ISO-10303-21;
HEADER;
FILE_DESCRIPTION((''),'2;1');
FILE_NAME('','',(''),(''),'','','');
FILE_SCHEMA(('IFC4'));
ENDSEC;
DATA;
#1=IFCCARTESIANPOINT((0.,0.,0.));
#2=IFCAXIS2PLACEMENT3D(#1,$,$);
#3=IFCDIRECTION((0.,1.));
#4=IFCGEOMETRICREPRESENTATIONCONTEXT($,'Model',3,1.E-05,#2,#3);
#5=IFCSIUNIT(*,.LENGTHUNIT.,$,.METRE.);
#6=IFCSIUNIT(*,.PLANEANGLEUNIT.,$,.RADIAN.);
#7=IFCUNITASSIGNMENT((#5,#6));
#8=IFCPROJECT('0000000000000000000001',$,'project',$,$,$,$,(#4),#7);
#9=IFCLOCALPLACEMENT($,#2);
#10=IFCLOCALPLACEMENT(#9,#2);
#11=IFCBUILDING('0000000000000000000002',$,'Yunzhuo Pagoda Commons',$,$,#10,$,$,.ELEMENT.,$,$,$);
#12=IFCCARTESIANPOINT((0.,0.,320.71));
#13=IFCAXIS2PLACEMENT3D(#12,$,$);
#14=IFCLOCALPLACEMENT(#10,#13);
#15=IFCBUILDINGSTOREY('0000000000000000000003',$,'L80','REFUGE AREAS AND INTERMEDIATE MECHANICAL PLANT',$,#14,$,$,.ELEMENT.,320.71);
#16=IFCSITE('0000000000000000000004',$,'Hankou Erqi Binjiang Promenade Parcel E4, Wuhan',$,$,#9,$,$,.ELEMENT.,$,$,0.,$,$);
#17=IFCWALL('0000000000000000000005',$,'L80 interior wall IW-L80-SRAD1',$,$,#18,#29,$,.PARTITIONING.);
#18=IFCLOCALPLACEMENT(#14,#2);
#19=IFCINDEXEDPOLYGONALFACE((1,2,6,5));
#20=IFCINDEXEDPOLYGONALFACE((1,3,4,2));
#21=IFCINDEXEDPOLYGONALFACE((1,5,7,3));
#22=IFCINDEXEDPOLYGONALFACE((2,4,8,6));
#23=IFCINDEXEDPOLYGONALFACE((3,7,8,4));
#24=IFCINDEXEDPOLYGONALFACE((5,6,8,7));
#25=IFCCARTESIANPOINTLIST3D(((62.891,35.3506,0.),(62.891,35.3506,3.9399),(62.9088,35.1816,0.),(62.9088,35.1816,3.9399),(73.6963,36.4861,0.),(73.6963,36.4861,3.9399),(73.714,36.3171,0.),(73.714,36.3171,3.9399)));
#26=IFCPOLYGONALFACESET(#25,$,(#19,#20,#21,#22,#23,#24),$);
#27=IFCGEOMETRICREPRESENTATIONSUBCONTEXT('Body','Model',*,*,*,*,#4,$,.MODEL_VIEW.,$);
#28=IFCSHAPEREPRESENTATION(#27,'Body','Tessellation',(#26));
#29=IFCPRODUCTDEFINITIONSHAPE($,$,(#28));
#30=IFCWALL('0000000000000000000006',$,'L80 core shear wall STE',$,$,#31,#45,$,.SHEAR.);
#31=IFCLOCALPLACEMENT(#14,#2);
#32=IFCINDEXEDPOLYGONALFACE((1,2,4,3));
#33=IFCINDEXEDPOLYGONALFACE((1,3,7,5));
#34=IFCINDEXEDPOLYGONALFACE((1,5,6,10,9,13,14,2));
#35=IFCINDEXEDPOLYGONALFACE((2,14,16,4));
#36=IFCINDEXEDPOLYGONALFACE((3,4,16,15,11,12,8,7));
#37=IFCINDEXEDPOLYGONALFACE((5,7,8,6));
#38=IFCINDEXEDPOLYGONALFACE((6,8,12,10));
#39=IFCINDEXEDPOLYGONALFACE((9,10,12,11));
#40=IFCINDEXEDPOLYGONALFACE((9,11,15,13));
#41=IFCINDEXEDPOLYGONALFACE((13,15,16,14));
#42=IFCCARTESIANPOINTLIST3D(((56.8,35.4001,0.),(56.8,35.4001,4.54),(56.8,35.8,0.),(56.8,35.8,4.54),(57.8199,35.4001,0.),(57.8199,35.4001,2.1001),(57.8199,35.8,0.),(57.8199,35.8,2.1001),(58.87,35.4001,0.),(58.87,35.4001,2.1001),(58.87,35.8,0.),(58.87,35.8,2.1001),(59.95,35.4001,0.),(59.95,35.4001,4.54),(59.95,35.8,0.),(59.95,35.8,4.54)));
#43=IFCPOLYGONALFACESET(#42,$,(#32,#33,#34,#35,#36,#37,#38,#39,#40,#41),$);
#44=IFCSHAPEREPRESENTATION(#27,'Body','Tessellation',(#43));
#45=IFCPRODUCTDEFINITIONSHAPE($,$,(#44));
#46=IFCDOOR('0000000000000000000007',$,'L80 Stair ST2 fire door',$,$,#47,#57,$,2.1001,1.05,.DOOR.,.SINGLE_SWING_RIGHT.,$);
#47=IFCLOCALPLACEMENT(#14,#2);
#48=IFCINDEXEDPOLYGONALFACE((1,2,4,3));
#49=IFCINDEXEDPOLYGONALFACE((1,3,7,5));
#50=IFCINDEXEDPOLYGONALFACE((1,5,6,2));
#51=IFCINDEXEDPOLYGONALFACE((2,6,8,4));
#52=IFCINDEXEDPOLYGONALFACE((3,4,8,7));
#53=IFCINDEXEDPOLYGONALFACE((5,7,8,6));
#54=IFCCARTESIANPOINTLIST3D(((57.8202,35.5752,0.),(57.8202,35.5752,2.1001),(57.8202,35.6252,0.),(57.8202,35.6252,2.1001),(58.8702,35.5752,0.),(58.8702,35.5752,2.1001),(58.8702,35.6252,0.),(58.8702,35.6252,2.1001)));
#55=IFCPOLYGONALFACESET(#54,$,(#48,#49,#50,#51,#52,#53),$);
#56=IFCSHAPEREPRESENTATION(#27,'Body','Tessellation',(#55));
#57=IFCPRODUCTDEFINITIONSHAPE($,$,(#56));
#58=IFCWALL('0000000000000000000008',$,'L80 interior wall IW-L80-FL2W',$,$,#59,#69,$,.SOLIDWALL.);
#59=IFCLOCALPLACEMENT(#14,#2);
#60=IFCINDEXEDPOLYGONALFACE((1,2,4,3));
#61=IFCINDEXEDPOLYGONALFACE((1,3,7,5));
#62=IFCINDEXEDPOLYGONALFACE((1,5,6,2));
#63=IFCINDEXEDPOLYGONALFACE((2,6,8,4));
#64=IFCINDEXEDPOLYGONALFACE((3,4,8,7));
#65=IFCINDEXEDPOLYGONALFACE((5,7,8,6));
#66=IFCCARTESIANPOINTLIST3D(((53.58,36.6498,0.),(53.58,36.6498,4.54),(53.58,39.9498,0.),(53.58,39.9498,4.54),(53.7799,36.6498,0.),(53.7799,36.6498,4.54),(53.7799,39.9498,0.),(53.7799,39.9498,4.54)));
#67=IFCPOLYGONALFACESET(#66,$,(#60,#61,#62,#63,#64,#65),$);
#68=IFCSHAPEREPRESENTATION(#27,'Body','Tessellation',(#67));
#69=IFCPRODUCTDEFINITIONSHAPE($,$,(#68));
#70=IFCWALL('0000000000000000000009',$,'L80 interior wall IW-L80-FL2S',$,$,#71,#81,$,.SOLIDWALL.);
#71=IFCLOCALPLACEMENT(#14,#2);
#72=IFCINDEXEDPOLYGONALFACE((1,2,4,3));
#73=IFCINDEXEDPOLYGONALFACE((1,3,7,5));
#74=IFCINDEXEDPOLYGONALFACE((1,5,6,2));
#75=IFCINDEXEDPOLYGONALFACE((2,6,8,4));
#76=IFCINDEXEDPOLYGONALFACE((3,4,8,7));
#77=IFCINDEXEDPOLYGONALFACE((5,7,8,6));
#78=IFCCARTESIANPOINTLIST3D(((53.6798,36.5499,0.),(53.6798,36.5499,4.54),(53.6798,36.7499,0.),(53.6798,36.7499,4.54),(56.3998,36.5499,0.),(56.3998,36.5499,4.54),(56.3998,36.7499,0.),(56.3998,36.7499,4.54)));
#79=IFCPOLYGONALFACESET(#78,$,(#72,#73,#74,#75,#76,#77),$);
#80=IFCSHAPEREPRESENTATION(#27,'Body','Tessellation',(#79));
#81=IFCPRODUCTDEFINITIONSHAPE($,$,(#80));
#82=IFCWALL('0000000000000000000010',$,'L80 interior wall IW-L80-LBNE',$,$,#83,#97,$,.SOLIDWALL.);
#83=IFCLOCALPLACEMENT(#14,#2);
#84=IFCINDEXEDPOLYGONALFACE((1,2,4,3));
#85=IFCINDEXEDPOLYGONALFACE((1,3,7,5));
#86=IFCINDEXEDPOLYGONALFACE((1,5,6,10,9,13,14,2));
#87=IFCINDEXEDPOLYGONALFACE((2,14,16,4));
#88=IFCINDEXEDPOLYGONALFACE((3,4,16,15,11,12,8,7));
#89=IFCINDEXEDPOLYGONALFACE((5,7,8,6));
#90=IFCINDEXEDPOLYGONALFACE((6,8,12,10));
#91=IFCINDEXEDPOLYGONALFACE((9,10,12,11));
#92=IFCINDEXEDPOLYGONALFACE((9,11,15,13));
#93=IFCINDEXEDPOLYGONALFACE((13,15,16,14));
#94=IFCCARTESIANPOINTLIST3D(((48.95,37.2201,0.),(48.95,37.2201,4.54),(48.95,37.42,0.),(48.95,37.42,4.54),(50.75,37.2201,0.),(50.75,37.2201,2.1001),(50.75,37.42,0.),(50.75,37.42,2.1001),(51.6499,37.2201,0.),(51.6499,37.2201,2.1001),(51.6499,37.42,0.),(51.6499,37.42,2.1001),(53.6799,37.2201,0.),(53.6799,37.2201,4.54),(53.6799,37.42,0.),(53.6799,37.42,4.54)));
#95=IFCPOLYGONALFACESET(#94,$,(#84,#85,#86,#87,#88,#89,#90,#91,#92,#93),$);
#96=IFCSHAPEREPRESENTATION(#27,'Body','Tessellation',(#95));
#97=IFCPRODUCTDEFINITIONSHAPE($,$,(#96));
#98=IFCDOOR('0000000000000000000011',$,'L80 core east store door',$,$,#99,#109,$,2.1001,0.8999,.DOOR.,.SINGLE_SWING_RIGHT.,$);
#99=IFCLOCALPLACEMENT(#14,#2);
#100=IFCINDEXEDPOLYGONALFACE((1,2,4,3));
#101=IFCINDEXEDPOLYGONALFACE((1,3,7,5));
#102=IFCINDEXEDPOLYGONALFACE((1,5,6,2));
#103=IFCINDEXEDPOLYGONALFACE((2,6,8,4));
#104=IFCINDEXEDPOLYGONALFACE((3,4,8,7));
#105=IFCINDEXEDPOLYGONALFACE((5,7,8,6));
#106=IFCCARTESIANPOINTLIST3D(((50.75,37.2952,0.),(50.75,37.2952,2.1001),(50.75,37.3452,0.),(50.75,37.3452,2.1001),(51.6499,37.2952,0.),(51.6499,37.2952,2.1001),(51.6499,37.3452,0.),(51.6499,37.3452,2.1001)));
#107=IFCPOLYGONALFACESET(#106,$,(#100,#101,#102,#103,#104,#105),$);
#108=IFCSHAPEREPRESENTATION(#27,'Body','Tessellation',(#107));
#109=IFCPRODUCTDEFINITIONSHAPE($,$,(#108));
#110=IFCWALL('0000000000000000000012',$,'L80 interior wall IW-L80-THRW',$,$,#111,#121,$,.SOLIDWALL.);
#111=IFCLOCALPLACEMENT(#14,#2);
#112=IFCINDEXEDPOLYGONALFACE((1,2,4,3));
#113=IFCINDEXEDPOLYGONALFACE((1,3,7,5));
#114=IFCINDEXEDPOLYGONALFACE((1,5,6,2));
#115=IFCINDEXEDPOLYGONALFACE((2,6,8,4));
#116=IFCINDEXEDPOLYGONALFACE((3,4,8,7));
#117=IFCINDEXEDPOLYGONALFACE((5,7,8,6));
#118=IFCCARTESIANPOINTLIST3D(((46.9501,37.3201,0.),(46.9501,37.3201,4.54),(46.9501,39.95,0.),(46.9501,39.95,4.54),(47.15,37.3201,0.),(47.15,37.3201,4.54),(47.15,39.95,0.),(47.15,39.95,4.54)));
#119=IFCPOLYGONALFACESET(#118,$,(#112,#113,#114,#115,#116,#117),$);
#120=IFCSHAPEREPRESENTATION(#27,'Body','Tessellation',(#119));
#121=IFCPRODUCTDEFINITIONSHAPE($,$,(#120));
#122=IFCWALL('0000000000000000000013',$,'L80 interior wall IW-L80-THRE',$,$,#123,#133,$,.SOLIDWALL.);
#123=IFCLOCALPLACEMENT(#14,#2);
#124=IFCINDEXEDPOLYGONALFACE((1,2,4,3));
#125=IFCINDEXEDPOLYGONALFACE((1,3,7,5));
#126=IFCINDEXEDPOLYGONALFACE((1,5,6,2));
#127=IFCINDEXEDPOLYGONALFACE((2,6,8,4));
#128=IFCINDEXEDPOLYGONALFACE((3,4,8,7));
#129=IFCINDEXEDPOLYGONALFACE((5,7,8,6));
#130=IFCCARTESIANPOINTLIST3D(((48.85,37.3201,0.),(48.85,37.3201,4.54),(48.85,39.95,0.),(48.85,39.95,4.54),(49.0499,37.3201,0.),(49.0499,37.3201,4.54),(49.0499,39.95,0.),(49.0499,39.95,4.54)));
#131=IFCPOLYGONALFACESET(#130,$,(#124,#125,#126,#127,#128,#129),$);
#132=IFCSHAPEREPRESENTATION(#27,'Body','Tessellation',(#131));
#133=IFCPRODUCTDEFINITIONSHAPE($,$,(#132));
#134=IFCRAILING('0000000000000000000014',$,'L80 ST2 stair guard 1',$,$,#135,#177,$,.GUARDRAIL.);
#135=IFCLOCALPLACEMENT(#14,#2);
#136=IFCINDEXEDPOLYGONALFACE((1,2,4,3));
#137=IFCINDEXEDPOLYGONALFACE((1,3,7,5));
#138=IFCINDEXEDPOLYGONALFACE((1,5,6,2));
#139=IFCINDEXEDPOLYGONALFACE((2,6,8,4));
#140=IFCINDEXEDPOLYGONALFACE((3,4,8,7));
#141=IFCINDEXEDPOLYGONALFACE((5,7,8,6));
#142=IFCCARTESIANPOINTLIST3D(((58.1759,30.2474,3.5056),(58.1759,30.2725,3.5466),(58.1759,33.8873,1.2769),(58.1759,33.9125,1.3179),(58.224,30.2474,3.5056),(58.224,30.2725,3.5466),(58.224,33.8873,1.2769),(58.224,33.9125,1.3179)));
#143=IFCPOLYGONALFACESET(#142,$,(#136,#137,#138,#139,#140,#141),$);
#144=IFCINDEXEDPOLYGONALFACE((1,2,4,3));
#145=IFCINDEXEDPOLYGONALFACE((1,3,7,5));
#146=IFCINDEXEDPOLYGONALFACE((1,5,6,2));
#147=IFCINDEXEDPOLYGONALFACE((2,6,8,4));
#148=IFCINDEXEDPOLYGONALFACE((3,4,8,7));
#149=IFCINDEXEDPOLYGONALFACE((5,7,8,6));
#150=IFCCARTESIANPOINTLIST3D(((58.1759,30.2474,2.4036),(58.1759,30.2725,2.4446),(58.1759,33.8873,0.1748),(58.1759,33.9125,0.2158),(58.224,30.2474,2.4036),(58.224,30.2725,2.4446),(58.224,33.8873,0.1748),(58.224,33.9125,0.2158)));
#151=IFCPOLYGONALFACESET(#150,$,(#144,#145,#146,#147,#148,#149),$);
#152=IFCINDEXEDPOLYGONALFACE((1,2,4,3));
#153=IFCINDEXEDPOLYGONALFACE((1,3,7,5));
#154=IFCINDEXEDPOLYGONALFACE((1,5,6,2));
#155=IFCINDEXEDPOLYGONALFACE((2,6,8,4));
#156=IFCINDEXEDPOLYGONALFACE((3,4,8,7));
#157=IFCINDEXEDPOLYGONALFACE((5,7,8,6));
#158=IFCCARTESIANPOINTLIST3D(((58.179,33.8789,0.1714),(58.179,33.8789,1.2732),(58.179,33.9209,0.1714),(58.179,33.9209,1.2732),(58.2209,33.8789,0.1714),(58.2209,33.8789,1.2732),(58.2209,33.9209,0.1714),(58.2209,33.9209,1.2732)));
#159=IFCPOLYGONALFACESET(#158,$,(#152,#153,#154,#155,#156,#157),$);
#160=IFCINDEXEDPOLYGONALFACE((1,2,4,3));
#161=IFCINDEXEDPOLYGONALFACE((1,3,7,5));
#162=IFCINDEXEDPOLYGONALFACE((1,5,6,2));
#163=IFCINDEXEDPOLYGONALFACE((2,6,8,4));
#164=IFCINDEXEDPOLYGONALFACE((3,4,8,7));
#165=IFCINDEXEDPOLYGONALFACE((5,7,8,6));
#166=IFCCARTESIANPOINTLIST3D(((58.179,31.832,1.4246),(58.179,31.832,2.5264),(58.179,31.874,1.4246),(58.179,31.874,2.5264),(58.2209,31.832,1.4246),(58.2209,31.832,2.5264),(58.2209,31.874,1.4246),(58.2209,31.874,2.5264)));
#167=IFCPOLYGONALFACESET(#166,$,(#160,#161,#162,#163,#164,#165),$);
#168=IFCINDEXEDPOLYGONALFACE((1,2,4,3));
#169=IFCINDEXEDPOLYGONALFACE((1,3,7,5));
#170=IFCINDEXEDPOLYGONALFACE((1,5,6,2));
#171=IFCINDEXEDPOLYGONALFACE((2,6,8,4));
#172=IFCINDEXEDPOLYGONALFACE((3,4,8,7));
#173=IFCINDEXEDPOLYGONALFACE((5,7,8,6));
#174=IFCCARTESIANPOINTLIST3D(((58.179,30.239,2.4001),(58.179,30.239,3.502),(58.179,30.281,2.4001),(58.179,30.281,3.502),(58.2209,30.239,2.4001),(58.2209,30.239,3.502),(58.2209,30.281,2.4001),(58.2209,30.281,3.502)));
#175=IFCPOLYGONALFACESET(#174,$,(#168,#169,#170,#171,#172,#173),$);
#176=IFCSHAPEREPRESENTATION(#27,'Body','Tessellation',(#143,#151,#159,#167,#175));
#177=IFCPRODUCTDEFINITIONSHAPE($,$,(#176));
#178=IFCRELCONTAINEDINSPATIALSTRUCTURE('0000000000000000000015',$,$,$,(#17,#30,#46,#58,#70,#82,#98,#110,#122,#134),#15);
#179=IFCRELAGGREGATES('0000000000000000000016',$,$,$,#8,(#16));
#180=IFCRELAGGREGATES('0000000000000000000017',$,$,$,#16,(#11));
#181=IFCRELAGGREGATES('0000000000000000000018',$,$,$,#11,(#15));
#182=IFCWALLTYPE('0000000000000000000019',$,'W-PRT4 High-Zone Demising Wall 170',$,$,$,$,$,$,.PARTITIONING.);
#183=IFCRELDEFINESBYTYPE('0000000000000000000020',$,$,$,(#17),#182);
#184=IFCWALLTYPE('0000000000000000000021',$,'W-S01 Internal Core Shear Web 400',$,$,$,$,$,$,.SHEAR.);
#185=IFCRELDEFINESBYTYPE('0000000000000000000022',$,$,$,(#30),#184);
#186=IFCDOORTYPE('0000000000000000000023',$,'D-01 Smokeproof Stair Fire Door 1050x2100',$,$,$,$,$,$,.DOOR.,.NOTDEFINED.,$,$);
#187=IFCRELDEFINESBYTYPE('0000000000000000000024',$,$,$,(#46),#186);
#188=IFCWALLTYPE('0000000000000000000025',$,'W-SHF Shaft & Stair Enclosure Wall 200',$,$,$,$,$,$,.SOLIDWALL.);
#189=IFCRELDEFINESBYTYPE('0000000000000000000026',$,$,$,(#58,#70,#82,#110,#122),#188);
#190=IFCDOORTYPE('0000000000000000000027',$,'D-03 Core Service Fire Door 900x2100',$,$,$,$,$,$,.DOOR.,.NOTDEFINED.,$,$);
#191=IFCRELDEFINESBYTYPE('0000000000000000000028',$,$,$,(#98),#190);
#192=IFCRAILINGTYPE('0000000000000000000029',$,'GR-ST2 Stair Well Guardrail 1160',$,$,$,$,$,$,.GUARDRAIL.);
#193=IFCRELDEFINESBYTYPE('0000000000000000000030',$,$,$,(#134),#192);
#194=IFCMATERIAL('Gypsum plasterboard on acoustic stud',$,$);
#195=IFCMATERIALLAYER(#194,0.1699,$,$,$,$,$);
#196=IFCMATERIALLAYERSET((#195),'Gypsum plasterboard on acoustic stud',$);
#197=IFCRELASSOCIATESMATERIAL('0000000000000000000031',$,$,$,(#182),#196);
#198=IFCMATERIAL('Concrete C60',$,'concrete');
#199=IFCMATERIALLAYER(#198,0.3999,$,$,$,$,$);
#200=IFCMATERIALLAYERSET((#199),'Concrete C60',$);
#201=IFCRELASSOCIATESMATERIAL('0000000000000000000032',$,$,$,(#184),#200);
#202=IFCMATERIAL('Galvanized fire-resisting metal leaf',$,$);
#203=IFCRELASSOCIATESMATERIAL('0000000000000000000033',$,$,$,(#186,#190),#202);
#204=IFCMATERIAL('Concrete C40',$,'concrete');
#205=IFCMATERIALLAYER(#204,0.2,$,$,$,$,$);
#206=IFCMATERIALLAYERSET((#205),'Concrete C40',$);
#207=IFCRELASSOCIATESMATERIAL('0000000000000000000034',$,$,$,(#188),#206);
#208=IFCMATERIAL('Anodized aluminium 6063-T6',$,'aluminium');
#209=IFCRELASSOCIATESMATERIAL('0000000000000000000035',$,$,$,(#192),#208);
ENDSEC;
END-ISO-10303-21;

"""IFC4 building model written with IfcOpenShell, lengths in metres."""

from ifc_helpers import new_model, si_unit, direction, frame, frame_2d, origin, origin_2d, place, context, subcontext, project, spatial, rectangle, extrude, source, transform, mapped, material, layer, layer_set, type_object, element, fill, save


model = new_model("IFC4")

# Units and contexts
model_context = context("Model", 3, precision=1e-05, world=origin(), true_north=direction((0.0, 1.0)))
body_context = subcontext(model_context, "Body", "Model", "MODEL_VIEW")
ifc_project = project(units=[si_unit("LENGTHUNIT", "METRE"), si_unit("PLANEANGLEUNIT", "RADIAN")], contexts=[model_context])

# Site, building, storey
site_placement = place(None, origin())
site = spatial("IfcSite", under=ifc_project, at=site_placement, Name="Hankou Erqi Binjiang Promenade Parcel E4, Wuhan", CompositionType="ELEMENT", RefElevation=0.0)
building_placement = place(site_placement, origin())
building = spatial("IfcBuilding", under=site, at=building_placement, Name="Yunzhuo Pagoda Commons", CompositionType="ELEMENT")
storey_placement = place(building_placement, frame((0.0, 0.0, 320.71)))
storey = spatial("IfcBuildingStorey", under=building, at=storey_placement, Name="L80", Description="REFUGE AREAS AND INTERMEDIATE MECHANICAL PLANT", CompositionType="ELEMENT", Elevation=320.71)

# Shared definitions
ifc_material_1 = material(Name="Galvanized fire-resisting metal leaf")
shared_shape_1 = source(origin(), body_context, "Body", "SweptSolid", [
    extrude(rectangle(XDim=1.05, YDim=2.1001, at=frame_2d((0.5249, 1.05))), frame((0.0, 0.0249, 0.0), z_axis=(0.0, -1.0, 0.0), x_axis=(1.0, 0.0, 0.0)), (0.0, 0.0, 1.0), 0.05),
])

# Wall
ifc_material_2 = material(Name="Gypsum plasterboard on acoustic stud")
ifc_layer_1 = layer(ifc_material_2, 0.1699)
ifc_layer_set_1 = layer_set([ifc_layer_1], Name="Gypsum plasterboard on acoustic stud")
wall_type_1 = type_object("IfcWallType", Name="W-PRT4 High-Zone Demising Wall 170", PredefinedType="PARTITIONING", material=ifc_layer_set_1)
wall_1_placement = place(storey_placement, frame((62.8999, 35.2661, 0.0), z_axis=(0.0, 0.0, 1.0), x_axis=(0.994524, 0.104513, 0.0)))
element("IfcWall", 1, at=wall_1_placement, inside=storey, type_object=wall_type_1, Name="L80 interior wall IW-L80-SRAD1", PredefinedType="PARTITIONING", context=body_context, shape_type="SweptSolid", body=[
    extrude(rectangle(XDim=10.8647, YDim=0.1699, at=frame_2d((5.4324, 0.0))), origin(), (0.0, 0.0, 1.0), 3.9399),
])

# Wall, opening, door
ifc_material_3 = material(Name="Concrete C60", Category="concrete")
ifc_layer_2 = layer(ifc_material_3, 0.3999)
ifc_layer_set_2 = layer_set([ifc_layer_2], Name="Concrete C60")
wall_type_2 = type_object("IfcWallType", Name="W-S01 Internal Core Shear Web 400", PredefinedType="SHEAR", material=ifc_layer_set_2)
wall_2_placement = place(storey_placement, frame((56.8, 35.6001, 0.0), z_axis=(0.0, 0.0, 1.0), x_axis=(1.0, 0.0, 0.0)))
wall_2 = element("IfcWall", 2, at=wall_2_placement, inside=storey, type_object=wall_type_2, Name="L80 core shear wall STE", PredefinedType="SHEAR", context=body_context, shape_type="SweptSolid", body=[
    extrude(rectangle(XDim=3.1499, YDim=0.3999, at=frame_2d((1.575, 0.0))), origin(), (0.0, 0.0, 1.0), 4.54),
])
opening_1_placement = place(wall_2_placement, frame((1.02, 0.0, 0.0)))
opening_1 = element("IfcOpeningElement", 3, at=opening_1_placement, cuts=wall_2, PredefinedType="OPENING", context=body_context, shape_type="SweptSolid", body=[
    extrude(rectangle(XDim=1.05, YDim=2.1001, at=frame_2d((0.5249, 1.05))), frame((0.0, 0.21, 0.0), z_axis=(0.0, -1.0, 0.0), x_axis=(1.0, 0.0, 0.0)), (0.0, 0.0, 1.0), 0.4199),
])
door_type_1 = type_object("IfcDoorType", Name="D-01 Smokeproof Stair Fire Door 1050x2100", OperationType="NOTDEFINED", PredefinedType="DOOR", material=ifc_material_1)
door_1_placement = place(opening_1_placement, frame((1.05, 0.0, 0.0), z_axis=(0.0, 0.0, 1.0), x_axis=(-1.0, 0.0, 0.0)))
door_1 = element("IfcDoor", 4, at=door_1_placement, inside=storey, type_object=door_type_1, Name="L80 Stair ST2 fire door", OperationType="SINGLE_SWING_RIGHT", OverallHeight=2.1001, OverallWidth=1.05, PredefinedType="DOOR", context=body_context, shape_type="MappedRepresentation", body=[
    mapped(shared_shape_1, transform((0.0, 0.0, 0.0), scale=1.0)),
])
fill(opening_1, door_1)

# Walls
ifc_material_4 = material(Name="Concrete C40", Category="concrete")
ifc_layer_3 = layer(ifc_material_4, 0.2)
ifc_layer_set_3 = layer_set([ifc_layer_3], Name="Concrete C40")
wall_type_3 = type_object("IfcWallType", Name="W-SHF Shaft & Stair Enclosure Wall 200", PredefinedType="SOLIDWALL", material=ifc_layer_set_3)
wall_3_placement = place(storey_placement, frame((53.6799, 36.6499, 0.0), z_axis=(0.0, 0.0, 1.0), x_axis=(0.0, 1.0, 0.0)))
element("IfcWall", 5, at=wall_3_placement, inside=storey, type_object=wall_type_3, Name="L80 interior wall IW-L80-FL2W", PredefinedType="SOLIDWALL", context=body_context, shape_type="SweptSolid", body=[
    extrude(rectangle(XDim=3.3, YDim=0.2, at=frame_2d((1.6499, 0.0))), origin(), (0.0, 0.0, 1.0), 4.54),
])
wall_4_placement = place(storey_placement, frame((53.6799, 36.6499, 0.0), z_axis=(0.0, 0.0, 1.0), x_axis=(1.0, 0.0, 0.0)))
element("IfcWall", 6, at=wall_4_placement, inside=storey, type_object=wall_type_3, Name="L80 interior wall IW-L80-FL2S", PredefinedType="SOLIDWALL", context=body_context, shape_type="SweptSolid", body=[
    extrude(rectangle(XDim=2.72, YDim=0.2, at=frame_2d((1.3599, 0.0))), origin(), (0.0, 0.0, 1.0), 4.54),
])

# Wall, opening, door
wall_5_placement = place(storey_placement, frame((48.95, 37.3201, 0.0), z_axis=(0.0, 0.0, 1.0), x_axis=(1.0, 0.0, 0.0)))
wall_5 = element("IfcWall", 7, at=wall_5_placement, inside=storey, type_object=wall_type_3, Name="L80 interior wall IW-L80-LBNE", PredefinedType="SOLIDWALL", context=body_context, shape_type="SweptSolid", body=[
    extrude(rectangle(XDim=4.73, YDim=0.2, at=frame_2d((2.365, 0.0))), origin(), (0.0, 0.0, 1.0), 4.54),
])
opening_2_placement = place(wall_5_placement, frame((1.8, 0.0, 0.0)))
opening_2 = element("IfcOpeningElement", 8, at=opening_2_placement, cuts=wall_5, PredefinedType="OPENING", context=body_context, shape_type="SweptSolid", body=[
    extrude(rectangle(XDim=0.8999, YDim=2.1001, at=frame_2d((0.45, 1.05))), frame((0.0, 0.1099, 0.0), z_axis=(0.0, -1.0, 0.0), x_axis=(1.0, 0.0, 0.0)), (0.0, 0.0, 1.0), 0.22),
])
door_type_2 = type_object("IfcDoorType", Name="D-03 Core Service Fire Door 900x2100", OperationType="NOTDEFINED", PredefinedType="DOOR", material=ifc_material_1)
shared_shape_2 = source(origin(), body_context, "Body", "SweptSolid", [
    extrude(rectangle(XDim=0.8999, YDim=2.1001, at=frame_2d((0.45, 1.05))), frame((0.0, 0.0249, 0.0), z_axis=(0.0, -1.0, 0.0), x_axis=(1.0, 0.0, 0.0)), (0.0, 0.0, 1.0), 0.05),
])
door_2_placement = place(opening_2_placement, frame((0.8999, 0.0, 0.0), z_axis=(0.0, 0.0, 1.0), x_axis=(-1.0, 0.0, 0.0)))
door_2 = element("IfcDoor", 9, at=door_2_placement, inside=storey, type_object=door_type_2, Name="L80 core east store door", OperationType="SINGLE_SWING_RIGHT", OverallHeight=2.1001, OverallWidth=0.8999, PredefinedType="DOOR", context=body_context, shape_type="MappedRepresentation", body=[
    mapped(shared_shape_2, transform((0.0, 0.0, 0.0), scale=1.0)),
])
fill(opening_2, door_2)

# Walls
for number, where, z_axis, x_axis, name in (
    (10, (47.05, 37.3201, 0.0), (0.0, 0.0, 1.0), (0.0, 1.0, 0.0), "L80 interior wall IW-L80-THRW"),
    (11, (48.95, 37.3201, 0.0), (0.0, 0.0, 1.0), (0.0, 1.0, 0.0), "L80 interior wall IW-L80-THRE"),
):
    element("IfcWall", number, at=place(storey_placement, frame(where, z_axis=z_axis, x_axis=x_axis)), inside=storey, type_object=wall_type_3, Name=name, PredefinedType="SOLIDWALL", context=body_context, shape_type="SweptSolid", body=[
        extrude(rectangle(XDim=2.6299, YDim=0.2, at=frame_2d((1.3149, 0.0))), origin(), (0.0, 0.0, 1.0), 4.54),
    ])

# Railing
ifc_material_5 = material(Name="Anodized aluminium 6063-T6", Category="aluminium")
railing_type_1 = type_object("IfcRailingType", Name="GR-ST2 Stair Well Guardrail 1160", PredefinedType="GUARDRAIL", material=ifc_material_5)
railing_1_placement = place(storey_placement, frame((58.2, 33.8999, 0.1714)))
element("IfcRailing", 12, at=railing_1_placement, inside=storey, type_object=railing_type_1, Name="L80 ST2 stair guard 1", PredefinedType="GUARDRAIL", context=body_context, shape_type="SweptSolid", body=[
    extrude(rectangle(XDim=0.0481, YDim=0.0481, at=origin_2d()), frame((0.0, 0.0, 1.126), z_axis=(0.0, -0.852825, 0.522197), x_axis=(1.0, 0.0, 0.0)), (0.0, 0.0, 1.0), 4.2681),
    extrude(rectangle(XDim=0.0481, YDim=0.0481, at=origin_2d()), frame((0.0, 0.0, 0.0239), z_axis=(0.0, -0.852825, 0.522197), x_axis=(1.0, 0.0, 0.0)), (0.0, 0.0, 1.0), 4.2681),
    extrude(rectangle(XDim=0.042, YDim=0.042, at=origin_2d()), origin(), (0.0, 0.0, 1.0), 1.1018),
    extrude(rectangle(XDim=0.042, YDim=0.042, at=origin_2d()), frame((0.0, -2.0469, 1.2532)), (0.0, 0.0, 1.0), 1.1018),
    extrude(rectangle(XDim=0.042, YDim=0.042, at=origin_2d()), frame((0.0, -3.6399, 2.2288)), (0.0, 0.0, 1.0), 1.1018),
])

save(model, "model.ifc")
